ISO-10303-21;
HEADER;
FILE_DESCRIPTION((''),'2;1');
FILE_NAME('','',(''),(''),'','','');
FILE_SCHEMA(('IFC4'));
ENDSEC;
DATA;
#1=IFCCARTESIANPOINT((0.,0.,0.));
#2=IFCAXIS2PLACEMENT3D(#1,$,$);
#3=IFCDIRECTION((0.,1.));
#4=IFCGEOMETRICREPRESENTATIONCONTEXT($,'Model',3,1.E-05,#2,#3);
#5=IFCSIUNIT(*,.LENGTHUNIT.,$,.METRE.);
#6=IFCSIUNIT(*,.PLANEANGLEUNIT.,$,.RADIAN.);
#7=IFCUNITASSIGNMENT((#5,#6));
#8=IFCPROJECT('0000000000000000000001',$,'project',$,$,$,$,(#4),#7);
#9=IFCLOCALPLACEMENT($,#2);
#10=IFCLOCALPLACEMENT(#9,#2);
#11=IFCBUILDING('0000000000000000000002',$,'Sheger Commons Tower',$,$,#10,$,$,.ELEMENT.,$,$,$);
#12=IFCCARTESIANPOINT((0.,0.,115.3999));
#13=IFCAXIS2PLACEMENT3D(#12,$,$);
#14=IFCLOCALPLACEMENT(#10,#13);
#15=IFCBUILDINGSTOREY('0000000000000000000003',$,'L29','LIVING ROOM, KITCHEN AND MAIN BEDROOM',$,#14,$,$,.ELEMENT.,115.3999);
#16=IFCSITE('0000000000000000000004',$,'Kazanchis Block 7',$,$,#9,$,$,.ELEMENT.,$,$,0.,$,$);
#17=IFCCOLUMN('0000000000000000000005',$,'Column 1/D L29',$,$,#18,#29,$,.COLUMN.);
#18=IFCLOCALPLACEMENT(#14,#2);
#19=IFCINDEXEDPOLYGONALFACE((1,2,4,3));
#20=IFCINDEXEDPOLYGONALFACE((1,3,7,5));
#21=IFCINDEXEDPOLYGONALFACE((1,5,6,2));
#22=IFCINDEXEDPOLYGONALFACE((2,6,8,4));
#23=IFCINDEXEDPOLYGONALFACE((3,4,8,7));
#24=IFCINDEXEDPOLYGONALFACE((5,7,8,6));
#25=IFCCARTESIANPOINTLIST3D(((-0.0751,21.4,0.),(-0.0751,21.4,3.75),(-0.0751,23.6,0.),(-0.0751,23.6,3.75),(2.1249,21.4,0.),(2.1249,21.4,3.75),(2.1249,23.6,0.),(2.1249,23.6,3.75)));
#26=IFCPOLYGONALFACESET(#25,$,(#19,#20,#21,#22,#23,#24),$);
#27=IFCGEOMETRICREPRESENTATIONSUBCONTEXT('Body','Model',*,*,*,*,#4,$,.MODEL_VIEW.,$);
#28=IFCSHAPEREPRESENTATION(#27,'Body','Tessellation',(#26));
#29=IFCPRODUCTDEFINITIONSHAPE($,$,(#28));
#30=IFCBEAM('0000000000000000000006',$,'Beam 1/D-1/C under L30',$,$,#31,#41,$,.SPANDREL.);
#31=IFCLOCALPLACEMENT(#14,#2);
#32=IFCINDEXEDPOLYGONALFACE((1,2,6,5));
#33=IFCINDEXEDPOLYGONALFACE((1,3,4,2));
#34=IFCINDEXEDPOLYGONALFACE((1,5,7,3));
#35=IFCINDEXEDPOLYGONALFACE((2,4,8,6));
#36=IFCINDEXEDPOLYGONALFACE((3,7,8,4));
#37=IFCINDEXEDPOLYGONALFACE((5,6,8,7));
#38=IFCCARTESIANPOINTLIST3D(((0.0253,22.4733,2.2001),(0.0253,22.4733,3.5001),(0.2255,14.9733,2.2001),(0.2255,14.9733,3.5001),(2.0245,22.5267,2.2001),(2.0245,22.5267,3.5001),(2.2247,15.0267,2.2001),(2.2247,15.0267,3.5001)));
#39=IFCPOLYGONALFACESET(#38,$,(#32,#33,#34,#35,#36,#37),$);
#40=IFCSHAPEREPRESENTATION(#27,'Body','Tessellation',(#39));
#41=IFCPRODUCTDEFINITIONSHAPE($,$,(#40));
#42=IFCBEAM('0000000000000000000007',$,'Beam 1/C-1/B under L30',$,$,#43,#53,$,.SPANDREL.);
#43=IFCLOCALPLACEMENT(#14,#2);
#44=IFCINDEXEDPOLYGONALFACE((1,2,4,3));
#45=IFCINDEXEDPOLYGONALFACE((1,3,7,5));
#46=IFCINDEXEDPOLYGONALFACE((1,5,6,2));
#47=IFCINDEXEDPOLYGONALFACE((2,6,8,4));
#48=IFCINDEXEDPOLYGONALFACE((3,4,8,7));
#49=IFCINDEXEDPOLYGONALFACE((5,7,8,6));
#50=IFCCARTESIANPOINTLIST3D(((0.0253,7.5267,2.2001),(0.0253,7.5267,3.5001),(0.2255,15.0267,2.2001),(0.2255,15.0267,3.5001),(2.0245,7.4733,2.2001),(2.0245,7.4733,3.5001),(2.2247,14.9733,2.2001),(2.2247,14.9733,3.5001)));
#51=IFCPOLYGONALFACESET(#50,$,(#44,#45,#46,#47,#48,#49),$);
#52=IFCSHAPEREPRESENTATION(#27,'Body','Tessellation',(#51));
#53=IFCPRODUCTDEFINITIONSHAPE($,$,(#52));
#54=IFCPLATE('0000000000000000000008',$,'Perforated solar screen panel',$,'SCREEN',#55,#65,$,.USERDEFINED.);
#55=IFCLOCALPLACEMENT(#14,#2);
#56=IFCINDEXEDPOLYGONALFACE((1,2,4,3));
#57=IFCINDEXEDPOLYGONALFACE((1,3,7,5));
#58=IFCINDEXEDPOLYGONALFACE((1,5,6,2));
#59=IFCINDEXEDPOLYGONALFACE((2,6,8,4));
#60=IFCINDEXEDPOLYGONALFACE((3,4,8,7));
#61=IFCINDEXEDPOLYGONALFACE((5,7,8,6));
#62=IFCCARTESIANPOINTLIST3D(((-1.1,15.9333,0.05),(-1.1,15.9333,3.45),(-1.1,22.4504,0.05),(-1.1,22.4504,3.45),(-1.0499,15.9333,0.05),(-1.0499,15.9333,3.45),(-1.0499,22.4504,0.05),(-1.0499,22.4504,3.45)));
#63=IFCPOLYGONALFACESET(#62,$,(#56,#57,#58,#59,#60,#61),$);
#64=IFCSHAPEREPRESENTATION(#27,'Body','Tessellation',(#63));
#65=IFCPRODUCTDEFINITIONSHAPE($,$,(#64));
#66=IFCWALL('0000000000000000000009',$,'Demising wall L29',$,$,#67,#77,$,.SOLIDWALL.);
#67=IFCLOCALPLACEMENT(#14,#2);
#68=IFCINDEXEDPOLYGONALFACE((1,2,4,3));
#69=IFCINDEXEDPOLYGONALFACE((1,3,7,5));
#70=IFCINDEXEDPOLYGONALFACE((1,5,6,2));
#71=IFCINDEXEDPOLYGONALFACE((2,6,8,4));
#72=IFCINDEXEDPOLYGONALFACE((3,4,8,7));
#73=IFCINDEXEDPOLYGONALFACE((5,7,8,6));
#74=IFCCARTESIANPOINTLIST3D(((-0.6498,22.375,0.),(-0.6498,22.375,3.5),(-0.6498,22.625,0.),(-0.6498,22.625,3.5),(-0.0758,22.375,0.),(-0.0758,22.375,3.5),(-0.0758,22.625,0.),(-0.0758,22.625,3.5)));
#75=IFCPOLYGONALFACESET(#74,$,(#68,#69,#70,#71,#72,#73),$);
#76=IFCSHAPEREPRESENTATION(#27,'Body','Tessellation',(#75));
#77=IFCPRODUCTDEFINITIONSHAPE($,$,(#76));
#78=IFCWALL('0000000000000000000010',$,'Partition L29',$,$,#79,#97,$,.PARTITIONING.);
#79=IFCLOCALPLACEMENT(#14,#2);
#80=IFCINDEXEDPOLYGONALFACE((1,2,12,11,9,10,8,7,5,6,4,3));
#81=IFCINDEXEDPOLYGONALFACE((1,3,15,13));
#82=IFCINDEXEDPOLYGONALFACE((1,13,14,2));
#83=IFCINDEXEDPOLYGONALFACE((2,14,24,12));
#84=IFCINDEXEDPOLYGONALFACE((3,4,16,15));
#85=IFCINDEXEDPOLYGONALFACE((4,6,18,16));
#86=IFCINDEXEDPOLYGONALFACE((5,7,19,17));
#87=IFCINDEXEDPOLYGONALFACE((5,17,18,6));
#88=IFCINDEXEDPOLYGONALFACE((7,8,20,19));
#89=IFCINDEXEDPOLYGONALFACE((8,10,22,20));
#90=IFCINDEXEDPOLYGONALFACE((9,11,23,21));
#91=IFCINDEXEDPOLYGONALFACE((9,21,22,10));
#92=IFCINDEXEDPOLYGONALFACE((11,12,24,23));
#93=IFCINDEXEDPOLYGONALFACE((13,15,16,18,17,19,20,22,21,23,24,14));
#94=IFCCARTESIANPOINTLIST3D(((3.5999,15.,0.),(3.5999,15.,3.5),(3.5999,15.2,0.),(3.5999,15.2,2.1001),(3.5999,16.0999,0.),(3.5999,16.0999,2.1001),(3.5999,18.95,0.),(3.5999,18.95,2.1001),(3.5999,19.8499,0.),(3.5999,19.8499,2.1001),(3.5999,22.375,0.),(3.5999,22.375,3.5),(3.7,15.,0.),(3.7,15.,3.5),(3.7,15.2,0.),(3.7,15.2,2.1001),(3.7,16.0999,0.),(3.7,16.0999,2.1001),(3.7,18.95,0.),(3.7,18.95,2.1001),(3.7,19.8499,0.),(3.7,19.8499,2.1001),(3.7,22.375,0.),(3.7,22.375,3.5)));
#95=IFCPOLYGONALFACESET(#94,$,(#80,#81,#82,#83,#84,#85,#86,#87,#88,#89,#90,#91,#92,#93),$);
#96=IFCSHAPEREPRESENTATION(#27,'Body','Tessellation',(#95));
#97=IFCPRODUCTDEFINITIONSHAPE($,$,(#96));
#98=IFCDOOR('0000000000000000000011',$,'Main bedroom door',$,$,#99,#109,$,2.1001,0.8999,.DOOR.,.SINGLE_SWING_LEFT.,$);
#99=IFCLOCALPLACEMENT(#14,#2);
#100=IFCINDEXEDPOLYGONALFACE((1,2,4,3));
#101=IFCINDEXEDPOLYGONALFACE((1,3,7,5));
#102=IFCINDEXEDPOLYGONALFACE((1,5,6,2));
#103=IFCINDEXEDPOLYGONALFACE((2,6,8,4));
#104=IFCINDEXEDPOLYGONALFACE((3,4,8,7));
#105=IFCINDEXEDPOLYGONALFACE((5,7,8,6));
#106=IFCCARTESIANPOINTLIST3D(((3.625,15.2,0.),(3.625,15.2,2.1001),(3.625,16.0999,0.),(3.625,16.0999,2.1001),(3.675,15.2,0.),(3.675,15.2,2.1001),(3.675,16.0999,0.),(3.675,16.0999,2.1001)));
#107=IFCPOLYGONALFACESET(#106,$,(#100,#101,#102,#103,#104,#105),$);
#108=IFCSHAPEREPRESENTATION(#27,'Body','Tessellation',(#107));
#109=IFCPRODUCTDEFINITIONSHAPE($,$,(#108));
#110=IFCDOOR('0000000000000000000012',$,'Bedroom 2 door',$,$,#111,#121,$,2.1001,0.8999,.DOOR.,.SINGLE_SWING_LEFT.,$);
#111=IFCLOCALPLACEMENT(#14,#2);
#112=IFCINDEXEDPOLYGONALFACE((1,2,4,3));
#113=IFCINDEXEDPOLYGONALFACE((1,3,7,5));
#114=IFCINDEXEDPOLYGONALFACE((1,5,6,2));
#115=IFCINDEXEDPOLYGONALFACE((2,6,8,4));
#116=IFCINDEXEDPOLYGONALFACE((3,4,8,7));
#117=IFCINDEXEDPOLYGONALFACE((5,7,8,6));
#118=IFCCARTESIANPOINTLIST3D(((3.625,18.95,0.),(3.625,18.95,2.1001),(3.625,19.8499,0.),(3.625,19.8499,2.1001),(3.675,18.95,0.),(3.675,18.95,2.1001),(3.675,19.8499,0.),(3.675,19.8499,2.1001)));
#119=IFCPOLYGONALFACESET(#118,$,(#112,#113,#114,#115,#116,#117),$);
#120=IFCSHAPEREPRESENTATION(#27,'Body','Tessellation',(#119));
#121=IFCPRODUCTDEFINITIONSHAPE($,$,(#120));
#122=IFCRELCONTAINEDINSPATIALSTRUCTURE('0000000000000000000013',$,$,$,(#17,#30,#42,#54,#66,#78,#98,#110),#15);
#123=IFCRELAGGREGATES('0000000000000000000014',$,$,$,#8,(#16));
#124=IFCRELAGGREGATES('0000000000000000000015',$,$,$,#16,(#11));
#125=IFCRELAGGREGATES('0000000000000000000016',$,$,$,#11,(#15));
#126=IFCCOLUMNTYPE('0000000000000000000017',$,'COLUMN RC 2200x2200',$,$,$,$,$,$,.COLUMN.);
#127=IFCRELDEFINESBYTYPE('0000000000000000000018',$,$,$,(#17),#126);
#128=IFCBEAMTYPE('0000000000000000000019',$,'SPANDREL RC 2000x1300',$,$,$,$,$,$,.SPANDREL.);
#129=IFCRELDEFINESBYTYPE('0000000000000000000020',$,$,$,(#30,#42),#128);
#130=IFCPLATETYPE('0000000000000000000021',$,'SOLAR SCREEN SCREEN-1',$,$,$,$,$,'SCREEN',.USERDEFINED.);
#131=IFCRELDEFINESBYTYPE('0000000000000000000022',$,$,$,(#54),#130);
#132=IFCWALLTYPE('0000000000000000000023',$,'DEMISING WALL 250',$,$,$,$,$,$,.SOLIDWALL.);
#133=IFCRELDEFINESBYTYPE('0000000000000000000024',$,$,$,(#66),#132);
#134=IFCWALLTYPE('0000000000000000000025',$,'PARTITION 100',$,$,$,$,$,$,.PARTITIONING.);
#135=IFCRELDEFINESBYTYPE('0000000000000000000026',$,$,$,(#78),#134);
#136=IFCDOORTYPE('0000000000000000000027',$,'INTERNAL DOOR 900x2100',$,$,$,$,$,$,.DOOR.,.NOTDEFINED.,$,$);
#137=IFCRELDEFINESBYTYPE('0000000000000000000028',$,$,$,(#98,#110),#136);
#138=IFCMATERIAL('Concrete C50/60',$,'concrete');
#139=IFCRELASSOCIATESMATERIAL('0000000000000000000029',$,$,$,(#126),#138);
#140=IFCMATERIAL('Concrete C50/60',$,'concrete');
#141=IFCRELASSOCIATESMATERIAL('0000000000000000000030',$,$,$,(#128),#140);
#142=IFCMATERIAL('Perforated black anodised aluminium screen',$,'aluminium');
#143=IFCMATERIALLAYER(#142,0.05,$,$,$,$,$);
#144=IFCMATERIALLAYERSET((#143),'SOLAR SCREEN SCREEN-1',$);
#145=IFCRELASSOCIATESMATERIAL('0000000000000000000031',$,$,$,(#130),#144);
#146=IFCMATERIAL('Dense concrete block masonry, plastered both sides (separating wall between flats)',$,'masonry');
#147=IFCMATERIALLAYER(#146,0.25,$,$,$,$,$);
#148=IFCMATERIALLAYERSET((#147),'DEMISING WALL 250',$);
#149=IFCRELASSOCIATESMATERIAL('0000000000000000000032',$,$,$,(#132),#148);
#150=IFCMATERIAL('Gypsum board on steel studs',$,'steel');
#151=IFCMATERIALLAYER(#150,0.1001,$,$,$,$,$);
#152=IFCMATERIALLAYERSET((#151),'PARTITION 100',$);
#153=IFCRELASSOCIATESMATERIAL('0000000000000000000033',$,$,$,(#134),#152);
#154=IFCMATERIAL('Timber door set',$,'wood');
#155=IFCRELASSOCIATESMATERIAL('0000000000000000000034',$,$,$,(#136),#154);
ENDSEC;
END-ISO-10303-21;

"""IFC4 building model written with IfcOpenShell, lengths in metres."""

from ifc_helpers import new_model, si_unit, direction, frame, frame_2d, origin, origin_2d, place, context, subcontext, project, spatial, rectangle, extrude, material, layer, layer_set, material_profile, profile_set, type_object, element, fill, save


model = new_model("IFC4")

# Units and contexts
model_context = context("Model", 3, precision=1e-05, world=origin(), true_north=direction((0.0, 1.0)))
body_context = subcontext(model_context, "Body", "Model", "MODEL_VIEW")
ifc_project = project(units=[si_unit("LENGTHUNIT", "METRE"), si_unit("PLANEANGLEUNIT", "RADIAN")], contexts=[model_context])

# Site, building, storey
site_placement = place(None, origin())
site = spatial("IfcSite", under=ifc_project, at=site_placement, Name="Kazanchis Block 7", CompositionType="ELEMENT", RefElevation=0.0)
building_placement = place(site_placement, origin())
building = spatial("IfcBuilding", under=site, at=building_placement, Name="Sheger Commons Tower", CompositionType="ELEMENT")
storey_placement = place(building_placement, frame((0.0, 0.0, 115.3999)))
storey = spatial("IfcBuildingStorey", under=building, at=storey_placement, Name="L29", Description="LIVING ROOM, KITCHEN AND MAIN BEDROOM", CompositionType="ELEMENT", Elevation=115.3999)

# Column
ifc_material_1 = material(Name="Concrete C50/60", Category="concrete")
ifc_material_profile_1 = material_profile(ifc_material_1, rectangle(XDim=2.2, YDim=2.2, at=origin_2d()), Name="RC 2200x2200")
ifc_profile_set_1 = profile_set([ifc_material_profile_1], Name="Concrete C50/60")
column_type = type_object("IfcColumnType", Name="COLUMN RC 2200x2200", PredefinedType="COLUMN", material=ifc_profile_set_1)
column_placement = place(storey_placement, frame((1.0249, 22.5, 0.0), z_axis=(0.0, 0.0, 1.0), x_axis=(1.0, 0.0, 0.0)))
element("IfcColumn", 1, at=column_placement, inside=storey, type_object=column_type, Name="Column 1/D L29", PredefinedType="COLUMN", context=body_context, shape_type="SweptSolid", body=[
    extrude(rectangle(XDim=2.2, YDim=2.2, at=origin_2d()), origin(), (0.0, 0.0, 1.0), 3.75),
])

# Beams
ifc_material_2 = material(Name="Concrete C50/60", Category="concrete")
ifc_material_profile_2 = material_profile(ifc_material_2, rectangle(XDim=2.0, YDim=1.3, at=origin_2d()), Name="RC 2000x1300")
ifc_profile_set_2 = profile_set([ifc_material_profile_2], Name="Concrete C50/60")
beam_type = type_object("IfcBeamType", Name="SPANDREL RC 2000x1300", PredefinedType="SPANDREL", material=ifc_profile_set_2)
for number, where, z_axis, x_axis, name in (
    (2, (1.0249, 22.5, 2.8501), (0.026683, -0.999644, 0.0), (0.999644, 0.026683, 0.0), "Beam 1/D-1/C under L30"),
    (3, (1.2251, 15.0, 2.8501), (-0.026683, -0.999644, 0.0), (0.999644, -0.026683, 0.0), "Beam 1/C-1/B under L30"),
):
    element("IfcBeam", number, at=place(storey_placement, frame(where, z_axis=z_axis, x_axis=x_axis)), inside=storey, type_object=beam_type, Name=name, PredefinedType="SPANDREL", context=body_context, shape_type="SweptSolid", body=[
        extrude(rectangle(XDim=2.0, YDim=1.3, at=origin_2d()), origin(), (0.0, 0.0, 1.0), 7.5027),
    ])

# Plate
ifc_material_3 = material(Name="Perforated black anodised aluminium screen", Category="aluminium")
ifc_layer_1 = layer(ifc_material_3, 0.05)
ifc_layer_set_1 = layer_set([ifc_layer_1], Name="SOLAR SCREEN SCREEN-1")
plate_type = type_object("IfcPlateType", Name="SOLAR SCREEN SCREEN-1", ElementType="SCREEN", PredefinedType="USERDEFINED", material=ifc_layer_set_1)
plate_placement = place(storey_placement, frame((-1.075, 19.1919, 0.05), z_axis=(0.0, 0.0, 1.0), x_axis=(0.0, -1.0, 0.0)))
element("IfcPlate", 4, at=plate_placement, inside=storey, type_object=plate_type, Name="Perforated solar screen panel", ObjectType="SCREEN", PredefinedType="USERDEFINED", context=body_context, shape_type="SweptSolid", body=[
    extrude(rectangle(XDim=6.5171, YDim=0.05, at=origin_2d()), origin(), (0.0, 0.0, 1.0), 3.3999),
])

# Wall
ifc_material_4 = material(Name="Dense concrete block masonry, plastered both sides (separating wall between flats)", Category="masonry")
ifc_layer_2 = layer(ifc_material_4, 0.25)
ifc_layer_set_2 = layer_set([ifc_layer_2], Name="DEMISING WALL 250")
wall_type_1 = type_object("IfcWallType", Name="DEMISING WALL 250", PredefinedType="SOLIDWALL", material=ifc_layer_set_2)
wall_1_placement = place(storey_placement, frame((-0.6499, 22.5, 0.0), z_axis=(0.0, 0.0, 1.0), x_axis=(1.0, 0.0, 0.0)))
element("IfcWall", 5, at=wall_1_placement, inside=storey, type_object=wall_type_1, Name="Demising wall L29", PredefinedType="SOLIDWALL", context=body_context, shape_type="SweptSolid", body=[
    extrude(rectangle(XDim=0.574, YDim=0.25, at=frame_2d((0.2871, 0.0))), origin(), (0.0, 0.0, 1.0), 3.5),
])

# Wall, openings, doors
ifc_material_5 = material(Name="Gypsum board on steel studs", Category="steel")
ifc_layer_3 = layer(ifc_material_5, 0.1001)
ifc_layer_set_3 = layer_set([ifc_layer_3], Name="PARTITION 100")
wall_type_2 = type_object("IfcWallType", Name="PARTITION 100", PredefinedType="PARTITIONING", material=ifc_layer_set_3)
wall_2_placement = place(storey_placement, frame((3.6499, 15.0, 0.0), z_axis=(0.0, 0.0, 1.0), x_axis=(0.0, 1.0, 0.0)))
wall_2 = element("IfcWall", 6, at=wall_2_placement, inside=storey, type_object=wall_type_2, Name="Partition L29", PredefinedType="PARTITIONING", context=body_context, shape_type="SweptSolid", body=[
    extrude(rectangle(XDim=7.375, YDim=0.1001, at=frame_2d((3.6875, 0.0))), origin(), (0.0, 0.0, 1.0), 3.5),
])
opening_1_placement = place(wall_2_placement, frame((0.2, 0.0, 0.0)))
opening_1 = element("IfcOpeningElement", 7, at=opening_1_placement, cuts=wall_2, PredefinedType="OPENING", context=body_context, shape_type="SweptSolid", body=[
    extrude(rectangle(XDim=0.8999, YDim=2.1001, at=frame_2d((0.45, 1.05))), frame((0.0, 0.0601, 0.0), z_axis=(0.0, -1.0, 0.0), x_axis=(1.0, 0.0, 0.0)), (0.0, 0.0, 1.0), 0.1201),
])
opening_2_placement = place(wall_2_placement, frame((3.95, 0.0, 0.0)))
opening_2 = element("IfcOpeningElement", 8, at=opening_2_placement, cuts=wall_2, PredefinedType="OPENING", context=body_context, shape_type="SweptSolid", body=[
    extrude(rectangle(XDim=0.8999, YDim=2.1001, at=frame_2d((0.45, 1.05))), frame((0.0, 0.0601, 0.0), z_axis=(0.0, -1.0, 0.0), x_axis=(1.0, 0.0, 0.0)), (0.0, 0.0, 1.0), 0.1201),
])
ifc_material_6 = material(Name="Timber door set", Category="wood")
door_type = type_object("IfcDoorType", Name="INTERNAL DOOR 900x2100", OperationType="NOTDEFINED", PredefinedType="DOOR", material=ifc_material_6)
door_1_placement = place(opening_1_placement, origin())
door_1 = element("IfcDoor", 9, at=door_1_placement, inside=storey, type_object=door_type, Name="Main bedroom door", OperationType="SINGLE_SWING_LEFT", OverallHeight=2.1001, OverallWidth=0.8999, PredefinedType="DOOR", context=body_context, shape_type="SweptSolid", body=[
    extrude(rectangle(XDim=0.8999, YDim=2.1001, at=frame_2d((0.45, 1.05))), frame((0.0, 0.0249, 0.0), z_axis=(0.0, -1.0, 0.0), x_axis=(1.0, 0.0, 0.0)), (0.0, 0.0, 1.0), 0.05),
])
fill(opening_1, door_1)
door_2_placement = place(opening_2_placement, origin())
door_2 = element("IfcDoor", 10, at=door_2_placement, inside=storey, type_object=door_type, Name="Bedroom 2 door", OperationType="SINGLE_SWING_LEFT", OverallHeight=2.1001, OverallWidth=0.8999, PredefinedType="DOOR", context=body_context, shape_type="SweptSolid", body=[
    extrude(rectangle(XDim=0.8999, YDim=2.1001, at=frame_2d((0.45, 1.05))), frame((0.0, 0.0249, 0.0), z_axis=(0.0, -1.0, 0.0), x_axis=(1.0, 0.0, 0.0)), (0.0, 0.0, 1.0), 0.05),
])
fill(opening_2, door_2)

save(model, "model.ifc")
